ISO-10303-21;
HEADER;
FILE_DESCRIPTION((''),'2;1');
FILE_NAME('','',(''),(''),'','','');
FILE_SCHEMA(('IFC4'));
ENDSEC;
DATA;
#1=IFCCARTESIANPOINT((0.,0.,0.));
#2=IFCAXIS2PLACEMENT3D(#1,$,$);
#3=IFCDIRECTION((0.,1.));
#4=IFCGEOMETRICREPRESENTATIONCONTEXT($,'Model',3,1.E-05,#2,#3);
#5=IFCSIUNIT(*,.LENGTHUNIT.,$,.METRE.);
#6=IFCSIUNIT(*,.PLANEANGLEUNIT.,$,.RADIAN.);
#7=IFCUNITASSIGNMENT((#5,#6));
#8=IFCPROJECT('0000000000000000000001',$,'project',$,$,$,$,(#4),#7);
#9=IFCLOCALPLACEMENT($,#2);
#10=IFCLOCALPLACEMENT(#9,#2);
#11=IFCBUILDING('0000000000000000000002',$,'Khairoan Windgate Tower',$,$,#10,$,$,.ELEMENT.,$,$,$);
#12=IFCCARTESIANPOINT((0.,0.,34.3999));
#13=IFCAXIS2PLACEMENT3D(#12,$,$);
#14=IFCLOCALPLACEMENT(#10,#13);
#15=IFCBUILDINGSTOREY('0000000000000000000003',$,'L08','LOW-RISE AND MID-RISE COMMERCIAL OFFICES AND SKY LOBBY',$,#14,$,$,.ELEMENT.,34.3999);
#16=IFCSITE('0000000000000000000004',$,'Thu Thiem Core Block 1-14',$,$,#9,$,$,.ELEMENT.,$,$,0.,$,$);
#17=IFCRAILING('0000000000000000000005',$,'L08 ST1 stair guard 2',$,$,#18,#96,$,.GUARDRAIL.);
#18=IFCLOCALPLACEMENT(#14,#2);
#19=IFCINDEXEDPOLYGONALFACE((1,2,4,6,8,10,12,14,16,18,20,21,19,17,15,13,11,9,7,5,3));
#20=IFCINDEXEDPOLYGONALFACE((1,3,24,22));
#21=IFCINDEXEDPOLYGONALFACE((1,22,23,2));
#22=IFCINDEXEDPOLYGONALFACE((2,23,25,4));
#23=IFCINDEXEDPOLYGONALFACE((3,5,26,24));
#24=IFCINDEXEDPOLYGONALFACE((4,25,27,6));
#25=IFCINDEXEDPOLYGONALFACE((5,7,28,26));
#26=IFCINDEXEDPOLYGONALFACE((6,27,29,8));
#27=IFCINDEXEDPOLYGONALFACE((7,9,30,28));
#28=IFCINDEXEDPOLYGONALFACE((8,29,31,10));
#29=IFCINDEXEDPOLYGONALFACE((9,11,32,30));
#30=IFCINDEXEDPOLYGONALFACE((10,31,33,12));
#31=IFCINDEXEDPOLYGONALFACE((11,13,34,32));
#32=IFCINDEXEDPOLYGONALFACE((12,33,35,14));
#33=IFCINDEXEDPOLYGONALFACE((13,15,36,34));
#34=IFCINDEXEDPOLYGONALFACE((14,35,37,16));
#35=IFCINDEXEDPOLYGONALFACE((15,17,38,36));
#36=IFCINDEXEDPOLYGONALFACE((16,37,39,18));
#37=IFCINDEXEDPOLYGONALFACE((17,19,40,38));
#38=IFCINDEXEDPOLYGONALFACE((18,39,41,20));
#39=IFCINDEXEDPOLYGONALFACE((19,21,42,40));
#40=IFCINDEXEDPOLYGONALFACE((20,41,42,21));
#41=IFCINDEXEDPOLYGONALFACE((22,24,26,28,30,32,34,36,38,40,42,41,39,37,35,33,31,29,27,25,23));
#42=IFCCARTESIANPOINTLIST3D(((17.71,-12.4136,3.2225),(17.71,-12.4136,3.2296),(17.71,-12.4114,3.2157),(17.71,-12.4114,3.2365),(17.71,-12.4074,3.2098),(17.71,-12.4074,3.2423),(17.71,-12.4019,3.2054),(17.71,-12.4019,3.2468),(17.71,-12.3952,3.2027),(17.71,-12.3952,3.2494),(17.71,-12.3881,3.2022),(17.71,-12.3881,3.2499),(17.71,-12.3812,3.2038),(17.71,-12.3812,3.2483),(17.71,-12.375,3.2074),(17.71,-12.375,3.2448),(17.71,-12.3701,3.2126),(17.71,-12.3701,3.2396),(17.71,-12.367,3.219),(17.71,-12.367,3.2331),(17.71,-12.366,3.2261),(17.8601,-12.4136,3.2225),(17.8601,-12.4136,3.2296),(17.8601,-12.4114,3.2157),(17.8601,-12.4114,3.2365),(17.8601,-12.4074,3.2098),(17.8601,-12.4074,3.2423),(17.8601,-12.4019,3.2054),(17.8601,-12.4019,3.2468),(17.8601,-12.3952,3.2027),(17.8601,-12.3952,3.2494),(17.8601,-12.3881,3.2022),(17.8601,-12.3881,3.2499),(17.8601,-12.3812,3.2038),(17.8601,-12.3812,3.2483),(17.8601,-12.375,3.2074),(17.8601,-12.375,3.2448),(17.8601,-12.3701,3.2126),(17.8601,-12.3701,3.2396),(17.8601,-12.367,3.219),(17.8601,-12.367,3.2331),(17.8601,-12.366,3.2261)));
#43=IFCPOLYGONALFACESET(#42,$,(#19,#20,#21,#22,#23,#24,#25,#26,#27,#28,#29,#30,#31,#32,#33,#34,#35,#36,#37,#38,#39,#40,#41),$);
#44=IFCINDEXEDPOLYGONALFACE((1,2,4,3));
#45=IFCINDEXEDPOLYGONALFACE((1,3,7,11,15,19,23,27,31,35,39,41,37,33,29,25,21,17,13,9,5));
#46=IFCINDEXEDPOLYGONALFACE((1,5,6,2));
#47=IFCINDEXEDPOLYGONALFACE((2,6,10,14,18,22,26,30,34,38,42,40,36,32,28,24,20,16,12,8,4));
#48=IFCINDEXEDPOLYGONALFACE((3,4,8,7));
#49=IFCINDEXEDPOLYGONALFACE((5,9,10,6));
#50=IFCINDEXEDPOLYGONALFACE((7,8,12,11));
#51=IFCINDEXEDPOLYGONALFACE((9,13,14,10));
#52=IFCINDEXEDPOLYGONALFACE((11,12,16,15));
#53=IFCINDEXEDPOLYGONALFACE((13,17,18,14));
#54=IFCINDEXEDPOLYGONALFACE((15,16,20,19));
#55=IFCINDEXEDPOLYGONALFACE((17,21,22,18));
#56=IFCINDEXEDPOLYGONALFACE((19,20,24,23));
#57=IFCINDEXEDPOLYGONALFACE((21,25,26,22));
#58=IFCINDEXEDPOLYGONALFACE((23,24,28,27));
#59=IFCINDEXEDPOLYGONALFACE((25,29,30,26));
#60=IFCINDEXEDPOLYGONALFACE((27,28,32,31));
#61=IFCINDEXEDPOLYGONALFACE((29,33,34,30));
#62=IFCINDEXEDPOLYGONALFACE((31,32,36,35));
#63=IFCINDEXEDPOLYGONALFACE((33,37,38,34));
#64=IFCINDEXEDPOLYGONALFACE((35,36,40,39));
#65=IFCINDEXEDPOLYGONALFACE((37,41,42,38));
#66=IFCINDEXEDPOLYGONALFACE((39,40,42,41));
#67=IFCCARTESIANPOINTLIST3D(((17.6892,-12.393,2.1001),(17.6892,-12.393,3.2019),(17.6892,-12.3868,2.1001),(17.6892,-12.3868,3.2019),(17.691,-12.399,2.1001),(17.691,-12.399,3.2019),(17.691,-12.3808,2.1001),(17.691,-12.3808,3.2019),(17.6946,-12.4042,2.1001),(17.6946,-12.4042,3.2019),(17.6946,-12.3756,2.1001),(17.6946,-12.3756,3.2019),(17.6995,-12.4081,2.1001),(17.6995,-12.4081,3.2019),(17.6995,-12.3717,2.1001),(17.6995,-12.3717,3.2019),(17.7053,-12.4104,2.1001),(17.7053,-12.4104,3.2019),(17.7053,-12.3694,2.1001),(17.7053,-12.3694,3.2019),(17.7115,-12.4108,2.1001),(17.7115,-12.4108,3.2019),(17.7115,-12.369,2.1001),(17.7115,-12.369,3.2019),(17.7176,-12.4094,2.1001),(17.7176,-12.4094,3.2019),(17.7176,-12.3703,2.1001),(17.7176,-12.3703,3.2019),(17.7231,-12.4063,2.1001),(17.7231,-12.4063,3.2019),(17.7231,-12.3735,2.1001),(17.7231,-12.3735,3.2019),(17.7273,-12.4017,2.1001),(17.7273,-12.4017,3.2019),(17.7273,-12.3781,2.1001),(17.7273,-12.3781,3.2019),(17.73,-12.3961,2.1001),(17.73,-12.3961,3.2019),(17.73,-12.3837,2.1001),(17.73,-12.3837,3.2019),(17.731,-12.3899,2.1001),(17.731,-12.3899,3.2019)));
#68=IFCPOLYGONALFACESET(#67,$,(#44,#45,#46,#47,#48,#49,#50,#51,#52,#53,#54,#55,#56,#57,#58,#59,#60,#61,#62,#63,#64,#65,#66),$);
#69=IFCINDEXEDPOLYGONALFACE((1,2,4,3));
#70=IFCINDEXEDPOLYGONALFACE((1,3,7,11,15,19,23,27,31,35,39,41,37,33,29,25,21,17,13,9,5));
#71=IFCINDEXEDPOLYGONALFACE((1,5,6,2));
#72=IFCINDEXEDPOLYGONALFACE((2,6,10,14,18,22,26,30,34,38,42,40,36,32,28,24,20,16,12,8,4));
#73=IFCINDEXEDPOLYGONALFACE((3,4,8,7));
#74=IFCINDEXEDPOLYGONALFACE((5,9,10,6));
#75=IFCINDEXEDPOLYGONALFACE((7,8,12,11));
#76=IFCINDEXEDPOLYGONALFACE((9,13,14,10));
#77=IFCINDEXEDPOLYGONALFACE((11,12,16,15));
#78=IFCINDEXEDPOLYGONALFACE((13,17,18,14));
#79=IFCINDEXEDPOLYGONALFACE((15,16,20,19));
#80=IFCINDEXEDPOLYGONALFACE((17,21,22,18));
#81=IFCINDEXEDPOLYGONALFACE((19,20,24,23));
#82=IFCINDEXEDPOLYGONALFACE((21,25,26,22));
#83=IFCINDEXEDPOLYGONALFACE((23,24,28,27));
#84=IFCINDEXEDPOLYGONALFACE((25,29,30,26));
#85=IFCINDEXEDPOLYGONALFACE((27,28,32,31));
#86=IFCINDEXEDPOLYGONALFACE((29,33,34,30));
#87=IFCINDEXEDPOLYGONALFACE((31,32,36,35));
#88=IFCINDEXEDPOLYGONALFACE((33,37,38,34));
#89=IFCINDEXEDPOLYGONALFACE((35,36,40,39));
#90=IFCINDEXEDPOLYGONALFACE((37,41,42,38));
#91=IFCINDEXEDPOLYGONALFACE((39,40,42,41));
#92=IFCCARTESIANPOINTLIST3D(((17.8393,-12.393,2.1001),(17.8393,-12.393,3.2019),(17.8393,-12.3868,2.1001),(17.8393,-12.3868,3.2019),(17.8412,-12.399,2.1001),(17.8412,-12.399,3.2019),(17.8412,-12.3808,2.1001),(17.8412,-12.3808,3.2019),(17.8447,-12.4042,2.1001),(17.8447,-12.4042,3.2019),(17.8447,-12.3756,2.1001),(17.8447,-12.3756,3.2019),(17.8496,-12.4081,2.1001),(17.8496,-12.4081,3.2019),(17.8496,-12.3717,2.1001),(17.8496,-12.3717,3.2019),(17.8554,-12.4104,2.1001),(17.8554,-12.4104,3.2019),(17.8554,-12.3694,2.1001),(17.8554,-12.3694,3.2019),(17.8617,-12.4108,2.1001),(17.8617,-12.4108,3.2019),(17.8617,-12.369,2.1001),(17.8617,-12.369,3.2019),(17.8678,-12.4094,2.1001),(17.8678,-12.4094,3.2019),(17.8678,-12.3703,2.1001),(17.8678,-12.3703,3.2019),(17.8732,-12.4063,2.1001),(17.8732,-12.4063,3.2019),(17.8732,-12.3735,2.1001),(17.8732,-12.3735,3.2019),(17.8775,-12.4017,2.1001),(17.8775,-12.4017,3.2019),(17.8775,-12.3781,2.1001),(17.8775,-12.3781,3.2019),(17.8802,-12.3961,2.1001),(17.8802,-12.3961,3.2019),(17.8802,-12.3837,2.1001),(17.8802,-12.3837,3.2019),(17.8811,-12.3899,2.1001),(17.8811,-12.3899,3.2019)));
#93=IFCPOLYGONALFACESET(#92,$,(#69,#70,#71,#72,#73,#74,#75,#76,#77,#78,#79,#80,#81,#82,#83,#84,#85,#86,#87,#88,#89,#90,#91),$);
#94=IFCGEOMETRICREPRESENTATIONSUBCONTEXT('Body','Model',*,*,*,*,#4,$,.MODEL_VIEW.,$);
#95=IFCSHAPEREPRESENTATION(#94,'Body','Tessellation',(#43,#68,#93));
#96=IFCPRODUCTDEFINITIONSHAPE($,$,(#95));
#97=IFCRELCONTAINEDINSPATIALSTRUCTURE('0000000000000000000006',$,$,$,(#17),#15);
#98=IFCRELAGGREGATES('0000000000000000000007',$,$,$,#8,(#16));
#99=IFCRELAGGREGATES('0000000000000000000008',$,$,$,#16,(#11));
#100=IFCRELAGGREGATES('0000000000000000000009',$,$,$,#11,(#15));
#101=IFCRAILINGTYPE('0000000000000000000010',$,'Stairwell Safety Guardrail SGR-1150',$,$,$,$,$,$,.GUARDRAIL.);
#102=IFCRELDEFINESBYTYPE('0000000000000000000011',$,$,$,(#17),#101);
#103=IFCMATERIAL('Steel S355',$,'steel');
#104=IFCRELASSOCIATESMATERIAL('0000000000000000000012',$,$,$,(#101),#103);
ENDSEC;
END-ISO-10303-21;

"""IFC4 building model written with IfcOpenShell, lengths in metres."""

from ifc_helpers import new_model, si_unit, direction, frame, origin, origin_2d, place, context, subcontext, project, spatial, circle, extrude, material, type_object, element, save


model = new_model("IFC4")

# Units and contexts
model_context = context("Model", 3, precision=1e-05, world=origin(), true_north=direction((0.0, 1.0)))
body_context = subcontext(model_context, "Body", "Model", "MODEL_VIEW")
ifc_project = project(units=[si_unit("LENGTHUNIT", "METRE"), si_unit("PLANEANGLEUNIT", "RADIAN")], contexts=[model_context])

# Site, building, storey
site_placement = place(None, origin())
site = spatial("IfcSite", under=ifc_project, at=site_placement, Name="Thu Thiem Core Block 1-14", CompositionType="ELEMENT", RefElevation=0.0)
building_placement = place(site_placement, origin())
building = spatial("IfcBuilding", under=site, at=building_placement, Name="Khairoan Windgate Tower", CompositionType="ELEMENT")
storey_placement = place(building_placement, frame((0.0, 0.0, 34.3999)))
storey = spatial("IfcBuildingStorey", under=building, at=storey_placement, Name="L08", Description="LOW-RISE AND MID-RISE COMMERCIAL OFFICES AND SKY LOBBY", CompositionType="ELEMENT", Elevation=34.3999)

# Railing
ifc_material_1 = material(Name="Steel S355", Category="steel")
railing_type_1 = type_object("IfcRailingType", Name="Stairwell Safety Guardrail SGR-1150", PredefinedType="GUARDRAIL", material=ifc_material_1)
railing_1_placement = place(storey_placement, frame((17.71, -12.3899, 2.1001)))
element("IfcRailing", 1, at=railing_1_placement, inside=storey, type_object=railing_type_1, Name="L08 ST1 stair guard 2", PredefinedType="GUARDRAIL", context=body_context, shape_type="SweptSolid", body=[
    extrude(circle(Radius=0.0239, at=origin_2d()), frame((0.0, 0.0, 1.126), z_axis=(1.0, 0.0, 0.0), x_axis=(0.0, 1.0, 0.0)), (0.0, 0.0, 1.0), 0.1501),
    extrude(circle(Radius=0.021, at=origin_2d()), origin(), (0.0, 0.0, 1.0), 1.1018),
    extrude(circle(Radius=0.021, at=origin_2d()), frame((0.1501, 0.0, 0.0)), (0.0, 0.0, 1.0), 1.1018),
])

save(model, "model.ifc")
